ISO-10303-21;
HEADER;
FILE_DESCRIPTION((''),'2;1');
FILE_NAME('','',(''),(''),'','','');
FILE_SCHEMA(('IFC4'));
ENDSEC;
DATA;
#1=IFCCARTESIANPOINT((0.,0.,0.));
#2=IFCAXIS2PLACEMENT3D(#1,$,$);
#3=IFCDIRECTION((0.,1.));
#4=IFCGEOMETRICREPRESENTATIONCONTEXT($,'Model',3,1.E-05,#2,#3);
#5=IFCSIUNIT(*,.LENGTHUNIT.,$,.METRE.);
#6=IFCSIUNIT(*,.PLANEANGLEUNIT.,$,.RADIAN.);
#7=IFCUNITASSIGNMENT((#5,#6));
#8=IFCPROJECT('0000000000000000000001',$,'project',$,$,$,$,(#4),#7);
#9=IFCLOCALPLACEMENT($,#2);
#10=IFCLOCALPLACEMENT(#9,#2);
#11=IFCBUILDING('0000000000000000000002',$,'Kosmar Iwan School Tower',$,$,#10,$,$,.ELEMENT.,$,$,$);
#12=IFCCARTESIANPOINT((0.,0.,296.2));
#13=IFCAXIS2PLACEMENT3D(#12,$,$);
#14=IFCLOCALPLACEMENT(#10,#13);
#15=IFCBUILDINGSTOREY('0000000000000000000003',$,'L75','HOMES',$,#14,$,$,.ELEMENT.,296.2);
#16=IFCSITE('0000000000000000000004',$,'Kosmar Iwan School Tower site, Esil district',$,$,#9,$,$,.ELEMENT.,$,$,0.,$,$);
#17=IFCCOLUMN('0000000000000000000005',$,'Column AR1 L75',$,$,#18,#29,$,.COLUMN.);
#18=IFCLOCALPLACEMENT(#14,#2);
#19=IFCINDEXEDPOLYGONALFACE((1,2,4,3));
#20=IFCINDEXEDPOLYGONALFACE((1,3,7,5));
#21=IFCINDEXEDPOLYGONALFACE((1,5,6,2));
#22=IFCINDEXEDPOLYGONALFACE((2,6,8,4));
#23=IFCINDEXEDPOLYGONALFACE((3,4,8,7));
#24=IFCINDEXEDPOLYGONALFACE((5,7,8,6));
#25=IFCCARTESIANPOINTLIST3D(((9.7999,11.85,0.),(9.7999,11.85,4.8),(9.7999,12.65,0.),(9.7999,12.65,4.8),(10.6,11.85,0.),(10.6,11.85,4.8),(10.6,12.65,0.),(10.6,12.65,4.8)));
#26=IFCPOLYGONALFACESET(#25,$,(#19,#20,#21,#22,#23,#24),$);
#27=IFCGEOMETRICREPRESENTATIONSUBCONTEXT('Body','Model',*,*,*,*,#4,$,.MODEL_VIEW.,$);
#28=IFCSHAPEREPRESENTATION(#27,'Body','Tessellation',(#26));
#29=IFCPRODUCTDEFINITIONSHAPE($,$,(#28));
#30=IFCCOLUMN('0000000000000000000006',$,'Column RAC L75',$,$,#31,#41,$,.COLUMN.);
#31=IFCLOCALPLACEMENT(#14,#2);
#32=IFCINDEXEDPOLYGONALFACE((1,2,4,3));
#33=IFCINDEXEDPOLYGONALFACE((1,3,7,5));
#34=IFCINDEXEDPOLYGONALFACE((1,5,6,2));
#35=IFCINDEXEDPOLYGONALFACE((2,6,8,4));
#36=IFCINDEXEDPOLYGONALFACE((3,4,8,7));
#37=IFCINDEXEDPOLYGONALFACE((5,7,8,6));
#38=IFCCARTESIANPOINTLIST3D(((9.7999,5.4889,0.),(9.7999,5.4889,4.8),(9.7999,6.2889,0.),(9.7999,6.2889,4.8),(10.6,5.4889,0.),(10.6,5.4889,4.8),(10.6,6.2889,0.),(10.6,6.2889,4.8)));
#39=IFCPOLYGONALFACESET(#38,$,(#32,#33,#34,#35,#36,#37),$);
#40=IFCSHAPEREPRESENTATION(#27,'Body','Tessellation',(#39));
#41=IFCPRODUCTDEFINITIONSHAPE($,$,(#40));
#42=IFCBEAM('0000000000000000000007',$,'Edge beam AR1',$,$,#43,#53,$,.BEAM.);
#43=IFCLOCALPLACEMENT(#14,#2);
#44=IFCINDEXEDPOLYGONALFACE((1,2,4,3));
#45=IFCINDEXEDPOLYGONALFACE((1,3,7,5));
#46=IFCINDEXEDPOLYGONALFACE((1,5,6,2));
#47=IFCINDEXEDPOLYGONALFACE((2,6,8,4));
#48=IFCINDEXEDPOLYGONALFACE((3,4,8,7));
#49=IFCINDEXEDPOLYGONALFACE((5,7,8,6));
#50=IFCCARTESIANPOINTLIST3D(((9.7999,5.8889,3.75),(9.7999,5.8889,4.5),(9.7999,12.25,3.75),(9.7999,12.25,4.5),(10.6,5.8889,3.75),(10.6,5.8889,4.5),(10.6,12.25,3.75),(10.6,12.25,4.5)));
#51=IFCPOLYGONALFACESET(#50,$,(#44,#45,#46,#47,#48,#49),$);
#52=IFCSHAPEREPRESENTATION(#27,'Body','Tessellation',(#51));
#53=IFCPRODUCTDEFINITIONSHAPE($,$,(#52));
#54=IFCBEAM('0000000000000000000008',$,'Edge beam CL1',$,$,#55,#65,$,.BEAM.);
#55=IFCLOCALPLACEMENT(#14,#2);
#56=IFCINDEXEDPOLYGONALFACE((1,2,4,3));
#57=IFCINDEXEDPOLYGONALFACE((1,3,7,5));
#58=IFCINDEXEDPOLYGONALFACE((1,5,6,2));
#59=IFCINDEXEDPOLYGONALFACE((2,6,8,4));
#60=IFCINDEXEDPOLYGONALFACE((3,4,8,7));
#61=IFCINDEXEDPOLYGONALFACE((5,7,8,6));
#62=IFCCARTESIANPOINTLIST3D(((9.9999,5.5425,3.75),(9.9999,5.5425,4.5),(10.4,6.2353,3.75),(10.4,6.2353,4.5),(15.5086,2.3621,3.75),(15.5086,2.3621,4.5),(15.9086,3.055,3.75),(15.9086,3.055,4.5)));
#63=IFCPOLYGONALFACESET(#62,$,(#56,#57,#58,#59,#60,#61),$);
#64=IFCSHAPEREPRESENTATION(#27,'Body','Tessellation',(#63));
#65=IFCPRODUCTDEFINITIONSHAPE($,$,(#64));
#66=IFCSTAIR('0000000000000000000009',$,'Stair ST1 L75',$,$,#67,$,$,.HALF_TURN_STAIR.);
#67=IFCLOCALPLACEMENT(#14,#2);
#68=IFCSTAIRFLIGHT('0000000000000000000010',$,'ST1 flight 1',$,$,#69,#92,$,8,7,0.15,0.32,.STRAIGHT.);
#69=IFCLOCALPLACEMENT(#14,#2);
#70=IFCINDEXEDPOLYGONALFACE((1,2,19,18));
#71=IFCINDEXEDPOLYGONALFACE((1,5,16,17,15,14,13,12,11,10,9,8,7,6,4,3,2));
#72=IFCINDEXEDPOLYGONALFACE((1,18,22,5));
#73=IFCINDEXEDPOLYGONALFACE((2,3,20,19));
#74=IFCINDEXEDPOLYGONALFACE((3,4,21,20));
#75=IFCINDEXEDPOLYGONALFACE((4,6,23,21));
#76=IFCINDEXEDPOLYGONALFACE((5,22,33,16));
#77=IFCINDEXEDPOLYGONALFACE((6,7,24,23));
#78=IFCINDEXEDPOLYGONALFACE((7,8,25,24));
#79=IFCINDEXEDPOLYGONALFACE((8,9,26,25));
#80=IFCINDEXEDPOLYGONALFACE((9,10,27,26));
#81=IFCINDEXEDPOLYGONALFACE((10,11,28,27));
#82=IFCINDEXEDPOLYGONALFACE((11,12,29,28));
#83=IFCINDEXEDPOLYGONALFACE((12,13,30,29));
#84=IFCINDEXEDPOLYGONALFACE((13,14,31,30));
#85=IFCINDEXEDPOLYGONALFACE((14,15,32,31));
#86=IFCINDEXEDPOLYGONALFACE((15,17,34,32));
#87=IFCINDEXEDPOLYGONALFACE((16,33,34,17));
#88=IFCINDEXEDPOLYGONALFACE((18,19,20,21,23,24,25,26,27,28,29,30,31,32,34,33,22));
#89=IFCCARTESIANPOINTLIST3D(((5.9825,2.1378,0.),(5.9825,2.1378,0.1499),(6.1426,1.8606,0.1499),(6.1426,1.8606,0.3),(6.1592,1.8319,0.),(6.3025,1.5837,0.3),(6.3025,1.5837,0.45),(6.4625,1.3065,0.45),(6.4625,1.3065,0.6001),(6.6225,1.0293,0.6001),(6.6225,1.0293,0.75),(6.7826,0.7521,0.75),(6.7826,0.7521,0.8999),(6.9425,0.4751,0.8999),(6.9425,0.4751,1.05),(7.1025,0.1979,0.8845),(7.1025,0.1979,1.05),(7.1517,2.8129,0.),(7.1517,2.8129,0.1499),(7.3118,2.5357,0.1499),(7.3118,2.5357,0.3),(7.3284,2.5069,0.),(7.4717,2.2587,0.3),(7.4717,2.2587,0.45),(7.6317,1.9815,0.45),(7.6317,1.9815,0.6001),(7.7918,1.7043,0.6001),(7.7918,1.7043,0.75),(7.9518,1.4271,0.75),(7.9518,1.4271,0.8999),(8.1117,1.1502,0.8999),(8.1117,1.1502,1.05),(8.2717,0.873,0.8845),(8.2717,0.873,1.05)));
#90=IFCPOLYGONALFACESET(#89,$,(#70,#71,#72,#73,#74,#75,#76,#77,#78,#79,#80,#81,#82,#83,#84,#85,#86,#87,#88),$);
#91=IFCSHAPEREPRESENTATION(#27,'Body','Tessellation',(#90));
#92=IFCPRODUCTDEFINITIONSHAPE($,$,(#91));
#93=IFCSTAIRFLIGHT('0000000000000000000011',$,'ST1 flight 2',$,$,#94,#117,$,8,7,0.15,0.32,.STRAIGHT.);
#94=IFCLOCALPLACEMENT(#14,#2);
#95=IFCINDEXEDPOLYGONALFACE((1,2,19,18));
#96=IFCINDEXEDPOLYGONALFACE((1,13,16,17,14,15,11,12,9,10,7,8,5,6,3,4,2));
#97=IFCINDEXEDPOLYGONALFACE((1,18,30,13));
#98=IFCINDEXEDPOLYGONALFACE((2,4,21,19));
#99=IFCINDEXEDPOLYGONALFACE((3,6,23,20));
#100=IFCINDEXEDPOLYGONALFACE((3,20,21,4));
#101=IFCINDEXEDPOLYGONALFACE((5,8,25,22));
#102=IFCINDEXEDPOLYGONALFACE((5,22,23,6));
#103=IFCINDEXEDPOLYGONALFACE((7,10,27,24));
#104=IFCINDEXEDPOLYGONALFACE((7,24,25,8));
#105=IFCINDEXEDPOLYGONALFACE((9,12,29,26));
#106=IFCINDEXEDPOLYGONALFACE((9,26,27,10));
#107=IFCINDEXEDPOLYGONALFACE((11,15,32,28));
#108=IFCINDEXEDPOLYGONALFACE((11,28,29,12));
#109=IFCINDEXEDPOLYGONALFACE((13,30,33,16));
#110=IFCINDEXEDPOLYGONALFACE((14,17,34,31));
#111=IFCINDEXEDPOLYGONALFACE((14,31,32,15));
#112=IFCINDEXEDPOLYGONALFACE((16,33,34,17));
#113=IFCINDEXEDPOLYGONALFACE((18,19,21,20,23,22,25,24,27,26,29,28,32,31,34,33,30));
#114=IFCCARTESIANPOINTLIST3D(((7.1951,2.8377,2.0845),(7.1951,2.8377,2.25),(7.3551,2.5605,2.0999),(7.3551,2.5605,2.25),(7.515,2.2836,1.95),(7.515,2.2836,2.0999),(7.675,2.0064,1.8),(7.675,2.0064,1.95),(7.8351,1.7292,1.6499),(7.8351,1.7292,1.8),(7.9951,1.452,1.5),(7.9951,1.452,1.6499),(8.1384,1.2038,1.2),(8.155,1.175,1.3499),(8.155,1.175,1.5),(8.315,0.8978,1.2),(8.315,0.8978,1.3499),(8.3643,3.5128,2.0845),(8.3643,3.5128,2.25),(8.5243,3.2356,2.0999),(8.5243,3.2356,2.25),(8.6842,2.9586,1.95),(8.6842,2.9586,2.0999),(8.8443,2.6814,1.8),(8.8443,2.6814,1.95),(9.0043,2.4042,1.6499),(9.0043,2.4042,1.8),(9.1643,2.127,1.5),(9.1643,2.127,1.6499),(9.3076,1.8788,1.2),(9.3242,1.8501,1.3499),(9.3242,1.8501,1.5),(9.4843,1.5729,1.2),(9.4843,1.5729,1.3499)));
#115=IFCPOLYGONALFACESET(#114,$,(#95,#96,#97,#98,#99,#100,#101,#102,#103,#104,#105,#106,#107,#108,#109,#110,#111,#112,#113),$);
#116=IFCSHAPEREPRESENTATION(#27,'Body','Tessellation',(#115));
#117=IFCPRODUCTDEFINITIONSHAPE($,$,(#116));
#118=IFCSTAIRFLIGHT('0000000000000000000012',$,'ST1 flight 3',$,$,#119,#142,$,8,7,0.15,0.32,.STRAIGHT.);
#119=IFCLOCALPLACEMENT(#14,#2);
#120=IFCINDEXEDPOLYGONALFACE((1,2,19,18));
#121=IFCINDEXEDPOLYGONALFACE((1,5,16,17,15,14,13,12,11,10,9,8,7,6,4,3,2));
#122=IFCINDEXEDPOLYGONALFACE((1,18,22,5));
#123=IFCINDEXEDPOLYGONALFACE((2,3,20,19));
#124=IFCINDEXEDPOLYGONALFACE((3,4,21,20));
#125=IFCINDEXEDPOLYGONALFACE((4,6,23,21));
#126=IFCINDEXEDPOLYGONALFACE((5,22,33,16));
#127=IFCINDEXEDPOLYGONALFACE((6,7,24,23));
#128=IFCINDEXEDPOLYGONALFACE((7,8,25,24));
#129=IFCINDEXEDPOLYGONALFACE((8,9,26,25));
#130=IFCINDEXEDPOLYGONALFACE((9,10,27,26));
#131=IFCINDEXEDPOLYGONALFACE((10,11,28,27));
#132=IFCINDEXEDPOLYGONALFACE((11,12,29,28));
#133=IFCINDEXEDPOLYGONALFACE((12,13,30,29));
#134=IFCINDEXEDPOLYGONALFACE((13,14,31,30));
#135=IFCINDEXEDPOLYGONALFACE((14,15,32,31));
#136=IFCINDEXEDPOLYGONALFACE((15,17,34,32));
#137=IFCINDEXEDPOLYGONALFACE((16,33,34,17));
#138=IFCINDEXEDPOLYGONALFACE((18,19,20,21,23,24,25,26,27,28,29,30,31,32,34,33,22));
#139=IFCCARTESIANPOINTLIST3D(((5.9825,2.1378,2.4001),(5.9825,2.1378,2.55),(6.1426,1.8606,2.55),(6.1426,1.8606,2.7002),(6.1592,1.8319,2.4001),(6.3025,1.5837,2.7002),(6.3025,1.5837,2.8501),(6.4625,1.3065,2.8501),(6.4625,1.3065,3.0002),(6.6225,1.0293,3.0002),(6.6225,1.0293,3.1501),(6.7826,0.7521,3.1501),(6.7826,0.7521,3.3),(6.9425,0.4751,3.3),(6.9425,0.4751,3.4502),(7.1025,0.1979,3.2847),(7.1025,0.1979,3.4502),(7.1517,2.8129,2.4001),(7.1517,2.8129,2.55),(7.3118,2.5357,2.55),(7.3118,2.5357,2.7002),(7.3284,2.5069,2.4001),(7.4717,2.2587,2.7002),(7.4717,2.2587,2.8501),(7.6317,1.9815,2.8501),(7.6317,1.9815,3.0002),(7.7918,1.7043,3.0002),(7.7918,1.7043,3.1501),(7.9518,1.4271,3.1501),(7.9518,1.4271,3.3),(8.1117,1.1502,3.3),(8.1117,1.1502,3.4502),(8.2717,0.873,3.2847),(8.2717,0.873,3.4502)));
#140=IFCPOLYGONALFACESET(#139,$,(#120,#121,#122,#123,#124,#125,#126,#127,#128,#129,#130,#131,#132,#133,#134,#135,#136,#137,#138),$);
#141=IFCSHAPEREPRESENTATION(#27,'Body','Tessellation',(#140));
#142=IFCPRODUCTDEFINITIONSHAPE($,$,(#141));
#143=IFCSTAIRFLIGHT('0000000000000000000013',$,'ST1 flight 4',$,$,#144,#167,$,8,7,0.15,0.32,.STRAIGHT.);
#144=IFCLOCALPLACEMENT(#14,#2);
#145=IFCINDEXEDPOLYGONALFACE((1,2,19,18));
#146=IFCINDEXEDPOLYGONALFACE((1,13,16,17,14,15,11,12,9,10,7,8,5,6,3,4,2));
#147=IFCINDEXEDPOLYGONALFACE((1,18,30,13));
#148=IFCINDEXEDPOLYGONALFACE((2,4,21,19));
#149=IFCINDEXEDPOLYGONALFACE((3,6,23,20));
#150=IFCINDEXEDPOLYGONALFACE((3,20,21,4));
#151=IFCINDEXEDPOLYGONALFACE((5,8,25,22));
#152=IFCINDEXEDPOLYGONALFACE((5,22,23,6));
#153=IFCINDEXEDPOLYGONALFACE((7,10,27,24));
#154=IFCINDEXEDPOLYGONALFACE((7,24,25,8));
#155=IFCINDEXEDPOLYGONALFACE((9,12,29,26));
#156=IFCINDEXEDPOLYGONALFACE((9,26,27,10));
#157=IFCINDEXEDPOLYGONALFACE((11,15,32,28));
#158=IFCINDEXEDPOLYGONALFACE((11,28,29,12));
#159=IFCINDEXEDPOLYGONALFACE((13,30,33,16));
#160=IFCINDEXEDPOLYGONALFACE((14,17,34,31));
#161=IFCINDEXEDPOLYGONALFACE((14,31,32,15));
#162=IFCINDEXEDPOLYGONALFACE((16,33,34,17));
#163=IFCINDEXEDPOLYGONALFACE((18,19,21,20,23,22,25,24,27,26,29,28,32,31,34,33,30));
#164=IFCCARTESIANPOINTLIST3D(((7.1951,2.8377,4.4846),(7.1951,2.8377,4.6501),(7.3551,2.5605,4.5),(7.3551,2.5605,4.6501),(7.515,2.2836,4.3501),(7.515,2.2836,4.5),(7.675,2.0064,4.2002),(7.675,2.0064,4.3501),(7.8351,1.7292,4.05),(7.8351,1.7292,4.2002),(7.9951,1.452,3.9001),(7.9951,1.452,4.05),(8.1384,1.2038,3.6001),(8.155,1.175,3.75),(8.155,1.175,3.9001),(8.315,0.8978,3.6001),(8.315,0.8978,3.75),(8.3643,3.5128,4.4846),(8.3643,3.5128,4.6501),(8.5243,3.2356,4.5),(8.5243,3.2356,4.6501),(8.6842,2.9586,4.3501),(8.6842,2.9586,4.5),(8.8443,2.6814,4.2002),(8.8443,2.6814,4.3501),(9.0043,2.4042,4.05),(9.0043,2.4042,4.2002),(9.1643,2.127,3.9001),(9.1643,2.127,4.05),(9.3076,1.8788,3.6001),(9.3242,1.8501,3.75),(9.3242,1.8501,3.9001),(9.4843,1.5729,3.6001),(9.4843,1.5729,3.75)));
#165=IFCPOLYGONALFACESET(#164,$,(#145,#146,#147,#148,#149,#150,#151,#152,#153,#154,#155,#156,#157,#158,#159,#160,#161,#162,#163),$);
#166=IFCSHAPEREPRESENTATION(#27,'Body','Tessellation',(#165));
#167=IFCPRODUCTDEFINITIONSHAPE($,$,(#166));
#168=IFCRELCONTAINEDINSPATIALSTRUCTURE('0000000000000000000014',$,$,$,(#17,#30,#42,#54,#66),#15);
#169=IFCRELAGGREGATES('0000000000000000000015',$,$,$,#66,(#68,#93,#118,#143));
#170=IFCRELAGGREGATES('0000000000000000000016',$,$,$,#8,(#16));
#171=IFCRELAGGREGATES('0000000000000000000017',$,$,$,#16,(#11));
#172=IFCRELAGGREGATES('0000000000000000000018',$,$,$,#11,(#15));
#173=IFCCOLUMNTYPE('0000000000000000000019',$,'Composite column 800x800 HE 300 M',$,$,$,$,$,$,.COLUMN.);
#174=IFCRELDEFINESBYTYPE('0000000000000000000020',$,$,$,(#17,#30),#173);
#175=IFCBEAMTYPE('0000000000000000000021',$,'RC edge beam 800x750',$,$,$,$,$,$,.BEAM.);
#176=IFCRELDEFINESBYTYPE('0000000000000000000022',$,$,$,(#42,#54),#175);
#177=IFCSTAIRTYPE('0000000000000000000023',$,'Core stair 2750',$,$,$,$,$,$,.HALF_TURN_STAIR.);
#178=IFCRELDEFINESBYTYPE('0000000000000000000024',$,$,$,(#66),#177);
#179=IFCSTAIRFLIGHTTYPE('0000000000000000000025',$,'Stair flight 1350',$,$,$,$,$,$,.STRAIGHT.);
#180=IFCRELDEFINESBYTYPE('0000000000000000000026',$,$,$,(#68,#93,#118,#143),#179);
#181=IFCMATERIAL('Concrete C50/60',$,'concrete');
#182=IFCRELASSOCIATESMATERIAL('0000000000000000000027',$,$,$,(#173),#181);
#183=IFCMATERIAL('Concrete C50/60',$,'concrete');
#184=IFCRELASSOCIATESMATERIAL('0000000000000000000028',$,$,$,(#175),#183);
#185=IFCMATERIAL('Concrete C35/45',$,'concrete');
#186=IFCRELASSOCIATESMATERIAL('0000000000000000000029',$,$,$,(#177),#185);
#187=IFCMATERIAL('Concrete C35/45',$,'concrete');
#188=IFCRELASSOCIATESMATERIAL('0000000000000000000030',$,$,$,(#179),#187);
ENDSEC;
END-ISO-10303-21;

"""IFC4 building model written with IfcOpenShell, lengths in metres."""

from ifc_helpers import new_model, si_unit, direction, frame, origin, origin_2d, place, context, subcontext, project, spatial, polyline, rectangle, outline, extrude, material, material_profile, profile_set, type_object, element, aggregate, save


model = new_model("IFC4")

# Units and contexts
model_context = context("Model", 3, precision=1e-05, world=origin(), true_north=direction((0.0, 1.0)))
body_context = subcontext(model_context, "Body", "Model", "MODEL_VIEW")
ifc_project = project(units=[si_unit("LENGTHUNIT", "METRE"), si_unit("PLANEANGLEUNIT", "RADIAN")], contexts=[model_context])

# Site, building, storey
site_placement = place(None, origin())
site = spatial("IfcSite", under=ifc_project, at=site_placement, Name="Kosmar Iwan School Tower site, Esil district", CompositionType="ELEMENT", RefElevation=0.0)
building_placement = place(site_placement, origin())
building = spatial("IfcBuilding", under=site, at=building_placement, Name="Kosmar Iwan School Tower", CompositionType="ELEMENT")
storey_placement = place(building_placement, frame((0.0, 0.0, 296.2)))
storey = spatial("IfcBuildingStorey", under=building, at=storey_placement, Name="L75", Description="HOMES", CompositionType="ELEMENT", Elevation=296.2)

# Columns
ifc_material_1 = material(Name="Concrete C50/60", Category="concrete")
ifc_material_profile_1 = material_profile(ifc_material_1, rectangle(XDim=0.8, YDim=0.8, at=origin_2d()), Name="RC 800x800 + HE 300 M")
ifc_profile_set_1 = profile_set([ifc_material_profile_1], Name="Concrete C50/60")
column_type = type_object("IfcColumnType", Name="Composite column 800x800 HE 300 M", PredefinedType="COLUMN", material=ifc_profile_set_1)
for number, where, z_axis, x_axis, name in (
    (1, (10.2, 12.25, 0.0), (0.0, 0.0, 1.0), (0.0, 1.0, 0.0), "Column AR1 L75"),
    (2, (10.2, 5.8889, 0.0), (0.0, 0.0, 1.0), (1.0, 0.0, 0.0), "Column RAC L75"),
):
    element("IfcColumn", number, at=place(storey_placement, frame(where, z_axis=z_axis, x_axis=x_axis)), inside=storey, type_object=column_type, Name=name, PredefinedType="COLUMN", context=body_context, shape_type="SweptSolid", body=[
        extrude(rectangle(XDim=0.8, YDim=0.8, at=origin_2d()), origin(), (0.0, 0.0, 1.0), 4.8),
    ])

# Beams
ifc_material_2 = material(Name="Concrete C50/60", Category="concrete")
ifc_material_profile_2 = material_profile(ifc_material_2, rectangle(XDim=0.8, YDim=0.75, at=origin_2d()), Name="RC 800x750")
ifc_profile_set_2 = profile_set([ifc_material_profile_2], Name="Concrete C50/60")
beam_type = type_object("IfcBeamType", Name="RC edge beam 800x750", PredefinedType="BEAM", material=ifc_profile_set_2)
beam_1_placement = place(storey_placement, frame((10.2, 5.8889, 4.125), z_axis=(0.0, 1.0, 0.0), x_axis=(-1.0, 0.0, 0.0)))
element("IfcBeam", 3, at=beam_1_placement, inside=storey, type_object=beam_type, Name="Edge beam AR1", PredefinedType="BEAM", context=body_context, shape_type="SweptSolid", body=[
    extrude(rectangle(XDim=0.8, YDim=0.75, at=origin_2d()), origin(), (0.0, 0.0, 1.0), 6.3611),
])
beam_2_placement = place(storey_placement, frame((10.2, 5.8889, 4.125), z_axis=(0.866031, -0.49999, 0.0), x_axis=(0.49999, 0.866031, 0.0)))
element("IfcBeam", 4, at=beam_2_placement, inside=storey, type_object=beam_type, Name="Edge beam CL1", PredefinedType="BEAM", context=body_context, shape_type="SweptSolid", body=[
    extrude(rectangle(XDim=0.8, YDim=0.75, at=origin_2d()), origin(), (0.0, 0.0, 1.0), 6.3608),
])

# Stair, stair flights
ifc_material_3 = material(Name="Concrete C35/45", Category="concrete")
stair_type = type_object("IfcStairType", Name="Core stair 2750", PredefinedType="HALF_TURN_STAIR", material=ifc_material_3)
stair_placement = place(storey_placement, origin())
stair = element("IfcStair", 5, at=stair_placement, inside=storey, type_object=stair_type, Name="Stair ST1 L75", PredefinedType="HALF_TURN_STAIR")
ifc_material_4 = material(Name="Concrete C35/45", Category="concrete")
stair_flight_type = type_object("IfcStairFlightType", Name="Stair flight 1350", PredefinedType="STRAIGHT", material=ifc_material_4)
stair_flight_1_placement = place(storey_placement, frame((6.5671, 2.4753, 0.0), z_axis=(0.0, 0.0, 1.0), x_axis=(0.5, -0.866025, 0.0)))
stair_flight_1 = element("IfcStairFlight", 6, at=stair_flight_1_placement, type_object=stair_flight_type, Name="ST1 flight 1", NumberOfRisers=8, NumberOfTreads=7, PredefinedType="STRAIGHT", RiserHeight=0.15, TreadLength=0.32, context=body_context, shape_type="SweptSolid", body=[
    extrude(outline(polyline([(0.0, 0.0), (0.0, 0.1499), (0.3201, 0.1499), (0.3201, 0.3), (0.6399, 0.3), (0.6399, 0.45), (0.96, 0.45), (0.96, 0.6001), (1.28, 0.6001), (1.28, 0.75), (1.6001, 0.75), (1.6001, 0.8999), (1.9199, 0.8999), (1.9199, 1.05), (2.24, 1.05), (2.24, 1.2), (2.24, 0.8845), (0.3533, 0.0), (0.0, 0.0)])), frame((0.0, 0.675, 0.0), z_axis=(0.0, -1.0, 0.0), x_axis=(1.0, 0.0, 0.0)), (0.0, 0.0, 1.0), 1.3501),
])
stair_flight_2_placement = place(storey_placement, frame((8.8997, 1.2354, 1.2), z_axis=(0.0, 0.0, 1.0), x_axis=(-0.5, 0.866025, 0.0)))
stair_flight_2 = element("IfcStairFlight", 7, at=stair_flight_2_placement, type_object=stair_flight_type, Name="ST1 flight 2", NumberOfRisers=8, NumberOfTreads=7, PredefinedType="STRAIGHT", RiserHeight=0.15, TreadLength=0.32, context=body_context, shape_type="SweptSolid", body=[
    extrude(outline(polyline([(0.0, 0.0), (0.0, 0.1499), (0.3201, 0.1499), (0.3201, 0.3), (0.6399, 0.3), (0.6399, 0.45), (0.96, 0.45), (0.96, 0.6001), (1.28, 0.6001), (1.28, 0.75), (1.6001, 0.75), (1.6001, 0.8999), (1.9199, 0.8999), (1.9199, 1.05), (2.24, 1.05), (2.24, 1.2), (2.24, 0.8845), (0.3533, 0.0), (0.0, 0.0)])), frame((0.0, 0.675, 0.0), z_axis=(0.0, -1.0, 0.0), x_axis=(1.0, 0.0, 0.0)), (0.0, 0.0, 1.0), 1.3501),
])
stair_flight_3_placement = place(storey_placement, frame((6.5671, 2.4753, 2.4001), z_axis=(0.0, 0.0, 1.0), x_axis=(0.5, -0.866025, 0.0)))
stair_flight_3 = element("IfcStairFlight", 8, at=stair_flight_3_placement, type_object=stair_flight_type, Name="ST1 flight 3", NumberOfRisers=8, NumberOfTreads=7, PredefinedType="STRAIGHT", RiserHeight=0.15, TreadLength=0.32, context=body_context, shape_type="SweptSolid", body=[
    extrude(outline(polyline([(0.0, 0.0), (0.0, 0.1499), (0.3201, 0.1499), (0.3201, 0.3), (0.6399, 0.3), (0.6399, 0.45), (0.96, 0.45), (0.96, 0.6001), (1.28, 0.6001), (1.28, 0.75), (1.6001, 0.75), (1.6001, 0.8999), (1.9199, 0.8999), (1.9199, 1.05), (2.24, 1.05), (2.24, 1.2), (2.24, 0.8845), (0.3533, 0.0), (0.0, 0.0)])), frame((0.0, 0.675, 0.0), z_axis=(0.0, -1.0, 0.0), x_axis=(1.0, 0.0, 0.0)), (0.0, 0.0, 1.0), 1.3501),
])
stair_flight_4_placement = place(storey_placement, frame((8.8997, 1.2354, 3.6001), z_axis=(0.0, 0.0, 1.0), x_axis=(-0.5, 0.866025, 0.0)))
stair_flight_4 = element("IfcStairFlight", 9, at=stair_flight_4_placement, type_object=stair_flight_type, Name="ST1 flight 4", NumberOfRisers=8, NumberOfTreads=7, PredefinedType="STRAIGHT", RiserHeight=0.15, TreadLength=0.32, context=body_context, shape_type="SweptSolid", body=[
    extrude(outline(polyline([(0.0, 0.0), (0.0, 0.1499), (0.3201, 0.1499), (0.3201, 0.3), (0.6399, 0.3), (0.6399, 0.45), (0.96, 0.45), (0.96, 0.6001), (1.28, 0.6001), (1.28, 0.75), (1.6001, 0.75), (1.6001, 0.8999), (1.9199, 0.8999), (1.9199, 1.05), (2.24, 1.05), (2.24, 1.2), (2.24, 0.8845), (0.3533, 0.0), (0.0, 0.0)])), frame((0.0, 0.675, 0.0), z_axis=(0.0, -1.0, 0.0), x_axis=(1.0, 0.0, 0.0)), (0.0, 0.0, 1.0), 1.3501),
])
aggregate(stair, [stair_flight_1, stair_flight_2, stair_flight_3, stair_flight_4])

save(model, "model.ifc")
